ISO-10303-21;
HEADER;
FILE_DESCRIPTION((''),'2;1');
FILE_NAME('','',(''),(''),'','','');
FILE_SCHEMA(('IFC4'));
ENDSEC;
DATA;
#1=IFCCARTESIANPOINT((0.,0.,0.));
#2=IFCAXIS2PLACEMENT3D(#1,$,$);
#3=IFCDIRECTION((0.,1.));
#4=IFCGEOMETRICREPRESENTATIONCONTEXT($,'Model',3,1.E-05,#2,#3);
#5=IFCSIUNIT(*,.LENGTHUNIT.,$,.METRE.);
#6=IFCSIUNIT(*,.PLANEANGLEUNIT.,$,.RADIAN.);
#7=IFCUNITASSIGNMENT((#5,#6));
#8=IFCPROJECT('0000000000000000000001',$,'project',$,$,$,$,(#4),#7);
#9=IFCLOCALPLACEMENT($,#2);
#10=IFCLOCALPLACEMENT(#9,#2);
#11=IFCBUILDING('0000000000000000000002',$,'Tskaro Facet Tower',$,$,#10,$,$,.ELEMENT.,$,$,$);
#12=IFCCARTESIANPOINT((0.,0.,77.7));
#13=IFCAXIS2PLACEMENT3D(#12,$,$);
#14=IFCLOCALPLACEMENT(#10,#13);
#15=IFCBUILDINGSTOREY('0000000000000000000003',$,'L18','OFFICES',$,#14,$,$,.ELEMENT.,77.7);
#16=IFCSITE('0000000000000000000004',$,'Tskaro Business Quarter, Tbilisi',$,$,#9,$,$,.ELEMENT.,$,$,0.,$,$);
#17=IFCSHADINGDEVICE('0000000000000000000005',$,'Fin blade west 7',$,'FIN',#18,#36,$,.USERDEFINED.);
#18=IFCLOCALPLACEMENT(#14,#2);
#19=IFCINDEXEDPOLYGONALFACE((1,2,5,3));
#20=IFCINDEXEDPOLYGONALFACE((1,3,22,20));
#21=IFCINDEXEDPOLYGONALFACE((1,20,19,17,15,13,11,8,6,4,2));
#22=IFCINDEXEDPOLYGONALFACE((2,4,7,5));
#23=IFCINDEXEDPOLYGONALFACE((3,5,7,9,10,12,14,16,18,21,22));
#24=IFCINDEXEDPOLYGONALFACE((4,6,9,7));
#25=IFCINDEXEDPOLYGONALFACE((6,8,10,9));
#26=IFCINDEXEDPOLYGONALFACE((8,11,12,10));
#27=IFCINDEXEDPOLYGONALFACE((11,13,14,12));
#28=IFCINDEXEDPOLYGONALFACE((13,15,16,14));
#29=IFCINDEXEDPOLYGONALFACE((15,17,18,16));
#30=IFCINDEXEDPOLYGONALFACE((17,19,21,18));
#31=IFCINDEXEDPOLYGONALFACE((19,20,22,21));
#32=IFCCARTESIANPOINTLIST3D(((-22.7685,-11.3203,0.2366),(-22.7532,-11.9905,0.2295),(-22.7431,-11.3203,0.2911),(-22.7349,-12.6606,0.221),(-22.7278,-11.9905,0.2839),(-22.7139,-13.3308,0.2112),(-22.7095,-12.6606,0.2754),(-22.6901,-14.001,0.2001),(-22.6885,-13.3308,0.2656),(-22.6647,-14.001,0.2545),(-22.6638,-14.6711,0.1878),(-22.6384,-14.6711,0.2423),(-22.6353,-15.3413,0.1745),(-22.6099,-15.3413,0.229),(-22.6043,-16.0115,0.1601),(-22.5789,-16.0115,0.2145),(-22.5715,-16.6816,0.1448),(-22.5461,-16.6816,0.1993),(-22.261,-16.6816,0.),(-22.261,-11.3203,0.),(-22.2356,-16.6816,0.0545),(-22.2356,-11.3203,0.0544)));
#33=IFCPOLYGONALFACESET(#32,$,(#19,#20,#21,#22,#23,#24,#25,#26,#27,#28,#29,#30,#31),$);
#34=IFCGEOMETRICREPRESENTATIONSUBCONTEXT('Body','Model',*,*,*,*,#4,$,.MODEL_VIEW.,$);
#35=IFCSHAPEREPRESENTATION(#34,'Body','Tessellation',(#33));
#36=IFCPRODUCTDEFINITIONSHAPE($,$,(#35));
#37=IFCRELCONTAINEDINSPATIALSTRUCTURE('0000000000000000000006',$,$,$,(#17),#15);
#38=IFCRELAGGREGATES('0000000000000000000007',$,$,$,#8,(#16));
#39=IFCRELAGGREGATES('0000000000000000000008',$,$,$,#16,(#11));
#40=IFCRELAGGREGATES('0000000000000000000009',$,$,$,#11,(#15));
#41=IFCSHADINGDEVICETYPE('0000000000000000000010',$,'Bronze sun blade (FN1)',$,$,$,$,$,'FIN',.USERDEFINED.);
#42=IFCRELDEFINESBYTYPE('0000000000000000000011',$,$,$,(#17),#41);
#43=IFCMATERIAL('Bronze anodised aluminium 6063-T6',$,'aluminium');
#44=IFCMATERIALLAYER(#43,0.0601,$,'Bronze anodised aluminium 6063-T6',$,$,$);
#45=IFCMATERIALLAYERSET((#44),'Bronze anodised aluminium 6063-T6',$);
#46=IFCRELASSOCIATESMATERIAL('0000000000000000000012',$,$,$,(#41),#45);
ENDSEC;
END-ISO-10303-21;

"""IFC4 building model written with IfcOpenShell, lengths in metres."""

from ifc_helpers import new_model, si_unit, direction, frame, origin, place, context, subcontext, project, spatial, polyline, outline, extrude, material, layer, layer_set, type_object, element, save


model = new_model("IFC4")

# Units and contexts
model_context = context("Model", 3, precision=1e-05, world=origin(), true_north=direction((0.0, 1.0)))
body_context = subcontext(model_context, "Body", "Model", "MODEL_VIEW")
ifc_project = project(units=[si_unit("LENGTHUNIT", "METRE"), si_unit("PLANEANGLEUNIT", "RADIAN")], contexts=[model_context])

# Site, building, storey
site_placement = place(None, origin())
site = spatial("IfcSite", under=ifc_project, at=site_placement, Name="Tskaro Business Quarter, Tbilisi", CompositionType="ELEMENT", RefElevation=0.0)
building_placement = place(site_placement, origin())
building = spatial("IfcBuilding", under=site, at=building_placement, Name="Tskaro Facet Tower", CompositionType="ELEMENT")
storey_placement = place(building_placement, frame((0.0, 0.0, 77.7)))
storey = spatial("IfcBuildingStorey", under=building, at=storey_placement, Name="L18", Description="OFFICES", CompositionType="ELEMENT", Elevation=77.7)

# Shared definitions
ifc_material_1 = material(Name="Bronze anodised aluminium 6063-T6", Category="aluminium")

# Shading device
ifc_layer_1 = layer(ifc_material_1, 0.0601, Name="Bronze anodised aluminium 6063-T6")
ifc_layer_set_1 = layer_set([ifc_layer_1], Name="Bronze anodised aluminium 6063-T6")
shading_device_type = type_object("IfcShadingDeviceType", Name="Bronze sun blade (FN1)", ElementType="FIN", PredefinedType="USERDEFINED", material=ifc_layer_set_1)
shading_device_1_placement = place(storey_placement, frame((-22.2356, -11.3203, 0.0544), z_axis=(0.422557, 0.000007, 0.906336), x_axis=(0.000003, -1.0, 0.000006)))
element("IfcShadingDevice", 1, at=shading_device_1_placement, inside=storey, type_object=shading_device_type, Name="Fin blade west 7", ObjectType="FIN", PredefinedType="USERDEFINED", context=body_context, shape_type="SweptSolid", body=[
    extrude(outline(polyline([(0.0, 0.0), (5.3613, 0.0), (5.3613, -0.3426), (4.6912, -0.3788), (4.021, -0.413), (3.3508, -0.4444), (2.6807, -0.4735), (2.0105, -0.4997), (1.3403, -0.5229), (0.6702, -0.5431), (0.0, -0.56), (0.0, 0.0)])), origin(), (0.0, 0.0, -1.0), 0.0601),
])

save(model, "model.ifc")
